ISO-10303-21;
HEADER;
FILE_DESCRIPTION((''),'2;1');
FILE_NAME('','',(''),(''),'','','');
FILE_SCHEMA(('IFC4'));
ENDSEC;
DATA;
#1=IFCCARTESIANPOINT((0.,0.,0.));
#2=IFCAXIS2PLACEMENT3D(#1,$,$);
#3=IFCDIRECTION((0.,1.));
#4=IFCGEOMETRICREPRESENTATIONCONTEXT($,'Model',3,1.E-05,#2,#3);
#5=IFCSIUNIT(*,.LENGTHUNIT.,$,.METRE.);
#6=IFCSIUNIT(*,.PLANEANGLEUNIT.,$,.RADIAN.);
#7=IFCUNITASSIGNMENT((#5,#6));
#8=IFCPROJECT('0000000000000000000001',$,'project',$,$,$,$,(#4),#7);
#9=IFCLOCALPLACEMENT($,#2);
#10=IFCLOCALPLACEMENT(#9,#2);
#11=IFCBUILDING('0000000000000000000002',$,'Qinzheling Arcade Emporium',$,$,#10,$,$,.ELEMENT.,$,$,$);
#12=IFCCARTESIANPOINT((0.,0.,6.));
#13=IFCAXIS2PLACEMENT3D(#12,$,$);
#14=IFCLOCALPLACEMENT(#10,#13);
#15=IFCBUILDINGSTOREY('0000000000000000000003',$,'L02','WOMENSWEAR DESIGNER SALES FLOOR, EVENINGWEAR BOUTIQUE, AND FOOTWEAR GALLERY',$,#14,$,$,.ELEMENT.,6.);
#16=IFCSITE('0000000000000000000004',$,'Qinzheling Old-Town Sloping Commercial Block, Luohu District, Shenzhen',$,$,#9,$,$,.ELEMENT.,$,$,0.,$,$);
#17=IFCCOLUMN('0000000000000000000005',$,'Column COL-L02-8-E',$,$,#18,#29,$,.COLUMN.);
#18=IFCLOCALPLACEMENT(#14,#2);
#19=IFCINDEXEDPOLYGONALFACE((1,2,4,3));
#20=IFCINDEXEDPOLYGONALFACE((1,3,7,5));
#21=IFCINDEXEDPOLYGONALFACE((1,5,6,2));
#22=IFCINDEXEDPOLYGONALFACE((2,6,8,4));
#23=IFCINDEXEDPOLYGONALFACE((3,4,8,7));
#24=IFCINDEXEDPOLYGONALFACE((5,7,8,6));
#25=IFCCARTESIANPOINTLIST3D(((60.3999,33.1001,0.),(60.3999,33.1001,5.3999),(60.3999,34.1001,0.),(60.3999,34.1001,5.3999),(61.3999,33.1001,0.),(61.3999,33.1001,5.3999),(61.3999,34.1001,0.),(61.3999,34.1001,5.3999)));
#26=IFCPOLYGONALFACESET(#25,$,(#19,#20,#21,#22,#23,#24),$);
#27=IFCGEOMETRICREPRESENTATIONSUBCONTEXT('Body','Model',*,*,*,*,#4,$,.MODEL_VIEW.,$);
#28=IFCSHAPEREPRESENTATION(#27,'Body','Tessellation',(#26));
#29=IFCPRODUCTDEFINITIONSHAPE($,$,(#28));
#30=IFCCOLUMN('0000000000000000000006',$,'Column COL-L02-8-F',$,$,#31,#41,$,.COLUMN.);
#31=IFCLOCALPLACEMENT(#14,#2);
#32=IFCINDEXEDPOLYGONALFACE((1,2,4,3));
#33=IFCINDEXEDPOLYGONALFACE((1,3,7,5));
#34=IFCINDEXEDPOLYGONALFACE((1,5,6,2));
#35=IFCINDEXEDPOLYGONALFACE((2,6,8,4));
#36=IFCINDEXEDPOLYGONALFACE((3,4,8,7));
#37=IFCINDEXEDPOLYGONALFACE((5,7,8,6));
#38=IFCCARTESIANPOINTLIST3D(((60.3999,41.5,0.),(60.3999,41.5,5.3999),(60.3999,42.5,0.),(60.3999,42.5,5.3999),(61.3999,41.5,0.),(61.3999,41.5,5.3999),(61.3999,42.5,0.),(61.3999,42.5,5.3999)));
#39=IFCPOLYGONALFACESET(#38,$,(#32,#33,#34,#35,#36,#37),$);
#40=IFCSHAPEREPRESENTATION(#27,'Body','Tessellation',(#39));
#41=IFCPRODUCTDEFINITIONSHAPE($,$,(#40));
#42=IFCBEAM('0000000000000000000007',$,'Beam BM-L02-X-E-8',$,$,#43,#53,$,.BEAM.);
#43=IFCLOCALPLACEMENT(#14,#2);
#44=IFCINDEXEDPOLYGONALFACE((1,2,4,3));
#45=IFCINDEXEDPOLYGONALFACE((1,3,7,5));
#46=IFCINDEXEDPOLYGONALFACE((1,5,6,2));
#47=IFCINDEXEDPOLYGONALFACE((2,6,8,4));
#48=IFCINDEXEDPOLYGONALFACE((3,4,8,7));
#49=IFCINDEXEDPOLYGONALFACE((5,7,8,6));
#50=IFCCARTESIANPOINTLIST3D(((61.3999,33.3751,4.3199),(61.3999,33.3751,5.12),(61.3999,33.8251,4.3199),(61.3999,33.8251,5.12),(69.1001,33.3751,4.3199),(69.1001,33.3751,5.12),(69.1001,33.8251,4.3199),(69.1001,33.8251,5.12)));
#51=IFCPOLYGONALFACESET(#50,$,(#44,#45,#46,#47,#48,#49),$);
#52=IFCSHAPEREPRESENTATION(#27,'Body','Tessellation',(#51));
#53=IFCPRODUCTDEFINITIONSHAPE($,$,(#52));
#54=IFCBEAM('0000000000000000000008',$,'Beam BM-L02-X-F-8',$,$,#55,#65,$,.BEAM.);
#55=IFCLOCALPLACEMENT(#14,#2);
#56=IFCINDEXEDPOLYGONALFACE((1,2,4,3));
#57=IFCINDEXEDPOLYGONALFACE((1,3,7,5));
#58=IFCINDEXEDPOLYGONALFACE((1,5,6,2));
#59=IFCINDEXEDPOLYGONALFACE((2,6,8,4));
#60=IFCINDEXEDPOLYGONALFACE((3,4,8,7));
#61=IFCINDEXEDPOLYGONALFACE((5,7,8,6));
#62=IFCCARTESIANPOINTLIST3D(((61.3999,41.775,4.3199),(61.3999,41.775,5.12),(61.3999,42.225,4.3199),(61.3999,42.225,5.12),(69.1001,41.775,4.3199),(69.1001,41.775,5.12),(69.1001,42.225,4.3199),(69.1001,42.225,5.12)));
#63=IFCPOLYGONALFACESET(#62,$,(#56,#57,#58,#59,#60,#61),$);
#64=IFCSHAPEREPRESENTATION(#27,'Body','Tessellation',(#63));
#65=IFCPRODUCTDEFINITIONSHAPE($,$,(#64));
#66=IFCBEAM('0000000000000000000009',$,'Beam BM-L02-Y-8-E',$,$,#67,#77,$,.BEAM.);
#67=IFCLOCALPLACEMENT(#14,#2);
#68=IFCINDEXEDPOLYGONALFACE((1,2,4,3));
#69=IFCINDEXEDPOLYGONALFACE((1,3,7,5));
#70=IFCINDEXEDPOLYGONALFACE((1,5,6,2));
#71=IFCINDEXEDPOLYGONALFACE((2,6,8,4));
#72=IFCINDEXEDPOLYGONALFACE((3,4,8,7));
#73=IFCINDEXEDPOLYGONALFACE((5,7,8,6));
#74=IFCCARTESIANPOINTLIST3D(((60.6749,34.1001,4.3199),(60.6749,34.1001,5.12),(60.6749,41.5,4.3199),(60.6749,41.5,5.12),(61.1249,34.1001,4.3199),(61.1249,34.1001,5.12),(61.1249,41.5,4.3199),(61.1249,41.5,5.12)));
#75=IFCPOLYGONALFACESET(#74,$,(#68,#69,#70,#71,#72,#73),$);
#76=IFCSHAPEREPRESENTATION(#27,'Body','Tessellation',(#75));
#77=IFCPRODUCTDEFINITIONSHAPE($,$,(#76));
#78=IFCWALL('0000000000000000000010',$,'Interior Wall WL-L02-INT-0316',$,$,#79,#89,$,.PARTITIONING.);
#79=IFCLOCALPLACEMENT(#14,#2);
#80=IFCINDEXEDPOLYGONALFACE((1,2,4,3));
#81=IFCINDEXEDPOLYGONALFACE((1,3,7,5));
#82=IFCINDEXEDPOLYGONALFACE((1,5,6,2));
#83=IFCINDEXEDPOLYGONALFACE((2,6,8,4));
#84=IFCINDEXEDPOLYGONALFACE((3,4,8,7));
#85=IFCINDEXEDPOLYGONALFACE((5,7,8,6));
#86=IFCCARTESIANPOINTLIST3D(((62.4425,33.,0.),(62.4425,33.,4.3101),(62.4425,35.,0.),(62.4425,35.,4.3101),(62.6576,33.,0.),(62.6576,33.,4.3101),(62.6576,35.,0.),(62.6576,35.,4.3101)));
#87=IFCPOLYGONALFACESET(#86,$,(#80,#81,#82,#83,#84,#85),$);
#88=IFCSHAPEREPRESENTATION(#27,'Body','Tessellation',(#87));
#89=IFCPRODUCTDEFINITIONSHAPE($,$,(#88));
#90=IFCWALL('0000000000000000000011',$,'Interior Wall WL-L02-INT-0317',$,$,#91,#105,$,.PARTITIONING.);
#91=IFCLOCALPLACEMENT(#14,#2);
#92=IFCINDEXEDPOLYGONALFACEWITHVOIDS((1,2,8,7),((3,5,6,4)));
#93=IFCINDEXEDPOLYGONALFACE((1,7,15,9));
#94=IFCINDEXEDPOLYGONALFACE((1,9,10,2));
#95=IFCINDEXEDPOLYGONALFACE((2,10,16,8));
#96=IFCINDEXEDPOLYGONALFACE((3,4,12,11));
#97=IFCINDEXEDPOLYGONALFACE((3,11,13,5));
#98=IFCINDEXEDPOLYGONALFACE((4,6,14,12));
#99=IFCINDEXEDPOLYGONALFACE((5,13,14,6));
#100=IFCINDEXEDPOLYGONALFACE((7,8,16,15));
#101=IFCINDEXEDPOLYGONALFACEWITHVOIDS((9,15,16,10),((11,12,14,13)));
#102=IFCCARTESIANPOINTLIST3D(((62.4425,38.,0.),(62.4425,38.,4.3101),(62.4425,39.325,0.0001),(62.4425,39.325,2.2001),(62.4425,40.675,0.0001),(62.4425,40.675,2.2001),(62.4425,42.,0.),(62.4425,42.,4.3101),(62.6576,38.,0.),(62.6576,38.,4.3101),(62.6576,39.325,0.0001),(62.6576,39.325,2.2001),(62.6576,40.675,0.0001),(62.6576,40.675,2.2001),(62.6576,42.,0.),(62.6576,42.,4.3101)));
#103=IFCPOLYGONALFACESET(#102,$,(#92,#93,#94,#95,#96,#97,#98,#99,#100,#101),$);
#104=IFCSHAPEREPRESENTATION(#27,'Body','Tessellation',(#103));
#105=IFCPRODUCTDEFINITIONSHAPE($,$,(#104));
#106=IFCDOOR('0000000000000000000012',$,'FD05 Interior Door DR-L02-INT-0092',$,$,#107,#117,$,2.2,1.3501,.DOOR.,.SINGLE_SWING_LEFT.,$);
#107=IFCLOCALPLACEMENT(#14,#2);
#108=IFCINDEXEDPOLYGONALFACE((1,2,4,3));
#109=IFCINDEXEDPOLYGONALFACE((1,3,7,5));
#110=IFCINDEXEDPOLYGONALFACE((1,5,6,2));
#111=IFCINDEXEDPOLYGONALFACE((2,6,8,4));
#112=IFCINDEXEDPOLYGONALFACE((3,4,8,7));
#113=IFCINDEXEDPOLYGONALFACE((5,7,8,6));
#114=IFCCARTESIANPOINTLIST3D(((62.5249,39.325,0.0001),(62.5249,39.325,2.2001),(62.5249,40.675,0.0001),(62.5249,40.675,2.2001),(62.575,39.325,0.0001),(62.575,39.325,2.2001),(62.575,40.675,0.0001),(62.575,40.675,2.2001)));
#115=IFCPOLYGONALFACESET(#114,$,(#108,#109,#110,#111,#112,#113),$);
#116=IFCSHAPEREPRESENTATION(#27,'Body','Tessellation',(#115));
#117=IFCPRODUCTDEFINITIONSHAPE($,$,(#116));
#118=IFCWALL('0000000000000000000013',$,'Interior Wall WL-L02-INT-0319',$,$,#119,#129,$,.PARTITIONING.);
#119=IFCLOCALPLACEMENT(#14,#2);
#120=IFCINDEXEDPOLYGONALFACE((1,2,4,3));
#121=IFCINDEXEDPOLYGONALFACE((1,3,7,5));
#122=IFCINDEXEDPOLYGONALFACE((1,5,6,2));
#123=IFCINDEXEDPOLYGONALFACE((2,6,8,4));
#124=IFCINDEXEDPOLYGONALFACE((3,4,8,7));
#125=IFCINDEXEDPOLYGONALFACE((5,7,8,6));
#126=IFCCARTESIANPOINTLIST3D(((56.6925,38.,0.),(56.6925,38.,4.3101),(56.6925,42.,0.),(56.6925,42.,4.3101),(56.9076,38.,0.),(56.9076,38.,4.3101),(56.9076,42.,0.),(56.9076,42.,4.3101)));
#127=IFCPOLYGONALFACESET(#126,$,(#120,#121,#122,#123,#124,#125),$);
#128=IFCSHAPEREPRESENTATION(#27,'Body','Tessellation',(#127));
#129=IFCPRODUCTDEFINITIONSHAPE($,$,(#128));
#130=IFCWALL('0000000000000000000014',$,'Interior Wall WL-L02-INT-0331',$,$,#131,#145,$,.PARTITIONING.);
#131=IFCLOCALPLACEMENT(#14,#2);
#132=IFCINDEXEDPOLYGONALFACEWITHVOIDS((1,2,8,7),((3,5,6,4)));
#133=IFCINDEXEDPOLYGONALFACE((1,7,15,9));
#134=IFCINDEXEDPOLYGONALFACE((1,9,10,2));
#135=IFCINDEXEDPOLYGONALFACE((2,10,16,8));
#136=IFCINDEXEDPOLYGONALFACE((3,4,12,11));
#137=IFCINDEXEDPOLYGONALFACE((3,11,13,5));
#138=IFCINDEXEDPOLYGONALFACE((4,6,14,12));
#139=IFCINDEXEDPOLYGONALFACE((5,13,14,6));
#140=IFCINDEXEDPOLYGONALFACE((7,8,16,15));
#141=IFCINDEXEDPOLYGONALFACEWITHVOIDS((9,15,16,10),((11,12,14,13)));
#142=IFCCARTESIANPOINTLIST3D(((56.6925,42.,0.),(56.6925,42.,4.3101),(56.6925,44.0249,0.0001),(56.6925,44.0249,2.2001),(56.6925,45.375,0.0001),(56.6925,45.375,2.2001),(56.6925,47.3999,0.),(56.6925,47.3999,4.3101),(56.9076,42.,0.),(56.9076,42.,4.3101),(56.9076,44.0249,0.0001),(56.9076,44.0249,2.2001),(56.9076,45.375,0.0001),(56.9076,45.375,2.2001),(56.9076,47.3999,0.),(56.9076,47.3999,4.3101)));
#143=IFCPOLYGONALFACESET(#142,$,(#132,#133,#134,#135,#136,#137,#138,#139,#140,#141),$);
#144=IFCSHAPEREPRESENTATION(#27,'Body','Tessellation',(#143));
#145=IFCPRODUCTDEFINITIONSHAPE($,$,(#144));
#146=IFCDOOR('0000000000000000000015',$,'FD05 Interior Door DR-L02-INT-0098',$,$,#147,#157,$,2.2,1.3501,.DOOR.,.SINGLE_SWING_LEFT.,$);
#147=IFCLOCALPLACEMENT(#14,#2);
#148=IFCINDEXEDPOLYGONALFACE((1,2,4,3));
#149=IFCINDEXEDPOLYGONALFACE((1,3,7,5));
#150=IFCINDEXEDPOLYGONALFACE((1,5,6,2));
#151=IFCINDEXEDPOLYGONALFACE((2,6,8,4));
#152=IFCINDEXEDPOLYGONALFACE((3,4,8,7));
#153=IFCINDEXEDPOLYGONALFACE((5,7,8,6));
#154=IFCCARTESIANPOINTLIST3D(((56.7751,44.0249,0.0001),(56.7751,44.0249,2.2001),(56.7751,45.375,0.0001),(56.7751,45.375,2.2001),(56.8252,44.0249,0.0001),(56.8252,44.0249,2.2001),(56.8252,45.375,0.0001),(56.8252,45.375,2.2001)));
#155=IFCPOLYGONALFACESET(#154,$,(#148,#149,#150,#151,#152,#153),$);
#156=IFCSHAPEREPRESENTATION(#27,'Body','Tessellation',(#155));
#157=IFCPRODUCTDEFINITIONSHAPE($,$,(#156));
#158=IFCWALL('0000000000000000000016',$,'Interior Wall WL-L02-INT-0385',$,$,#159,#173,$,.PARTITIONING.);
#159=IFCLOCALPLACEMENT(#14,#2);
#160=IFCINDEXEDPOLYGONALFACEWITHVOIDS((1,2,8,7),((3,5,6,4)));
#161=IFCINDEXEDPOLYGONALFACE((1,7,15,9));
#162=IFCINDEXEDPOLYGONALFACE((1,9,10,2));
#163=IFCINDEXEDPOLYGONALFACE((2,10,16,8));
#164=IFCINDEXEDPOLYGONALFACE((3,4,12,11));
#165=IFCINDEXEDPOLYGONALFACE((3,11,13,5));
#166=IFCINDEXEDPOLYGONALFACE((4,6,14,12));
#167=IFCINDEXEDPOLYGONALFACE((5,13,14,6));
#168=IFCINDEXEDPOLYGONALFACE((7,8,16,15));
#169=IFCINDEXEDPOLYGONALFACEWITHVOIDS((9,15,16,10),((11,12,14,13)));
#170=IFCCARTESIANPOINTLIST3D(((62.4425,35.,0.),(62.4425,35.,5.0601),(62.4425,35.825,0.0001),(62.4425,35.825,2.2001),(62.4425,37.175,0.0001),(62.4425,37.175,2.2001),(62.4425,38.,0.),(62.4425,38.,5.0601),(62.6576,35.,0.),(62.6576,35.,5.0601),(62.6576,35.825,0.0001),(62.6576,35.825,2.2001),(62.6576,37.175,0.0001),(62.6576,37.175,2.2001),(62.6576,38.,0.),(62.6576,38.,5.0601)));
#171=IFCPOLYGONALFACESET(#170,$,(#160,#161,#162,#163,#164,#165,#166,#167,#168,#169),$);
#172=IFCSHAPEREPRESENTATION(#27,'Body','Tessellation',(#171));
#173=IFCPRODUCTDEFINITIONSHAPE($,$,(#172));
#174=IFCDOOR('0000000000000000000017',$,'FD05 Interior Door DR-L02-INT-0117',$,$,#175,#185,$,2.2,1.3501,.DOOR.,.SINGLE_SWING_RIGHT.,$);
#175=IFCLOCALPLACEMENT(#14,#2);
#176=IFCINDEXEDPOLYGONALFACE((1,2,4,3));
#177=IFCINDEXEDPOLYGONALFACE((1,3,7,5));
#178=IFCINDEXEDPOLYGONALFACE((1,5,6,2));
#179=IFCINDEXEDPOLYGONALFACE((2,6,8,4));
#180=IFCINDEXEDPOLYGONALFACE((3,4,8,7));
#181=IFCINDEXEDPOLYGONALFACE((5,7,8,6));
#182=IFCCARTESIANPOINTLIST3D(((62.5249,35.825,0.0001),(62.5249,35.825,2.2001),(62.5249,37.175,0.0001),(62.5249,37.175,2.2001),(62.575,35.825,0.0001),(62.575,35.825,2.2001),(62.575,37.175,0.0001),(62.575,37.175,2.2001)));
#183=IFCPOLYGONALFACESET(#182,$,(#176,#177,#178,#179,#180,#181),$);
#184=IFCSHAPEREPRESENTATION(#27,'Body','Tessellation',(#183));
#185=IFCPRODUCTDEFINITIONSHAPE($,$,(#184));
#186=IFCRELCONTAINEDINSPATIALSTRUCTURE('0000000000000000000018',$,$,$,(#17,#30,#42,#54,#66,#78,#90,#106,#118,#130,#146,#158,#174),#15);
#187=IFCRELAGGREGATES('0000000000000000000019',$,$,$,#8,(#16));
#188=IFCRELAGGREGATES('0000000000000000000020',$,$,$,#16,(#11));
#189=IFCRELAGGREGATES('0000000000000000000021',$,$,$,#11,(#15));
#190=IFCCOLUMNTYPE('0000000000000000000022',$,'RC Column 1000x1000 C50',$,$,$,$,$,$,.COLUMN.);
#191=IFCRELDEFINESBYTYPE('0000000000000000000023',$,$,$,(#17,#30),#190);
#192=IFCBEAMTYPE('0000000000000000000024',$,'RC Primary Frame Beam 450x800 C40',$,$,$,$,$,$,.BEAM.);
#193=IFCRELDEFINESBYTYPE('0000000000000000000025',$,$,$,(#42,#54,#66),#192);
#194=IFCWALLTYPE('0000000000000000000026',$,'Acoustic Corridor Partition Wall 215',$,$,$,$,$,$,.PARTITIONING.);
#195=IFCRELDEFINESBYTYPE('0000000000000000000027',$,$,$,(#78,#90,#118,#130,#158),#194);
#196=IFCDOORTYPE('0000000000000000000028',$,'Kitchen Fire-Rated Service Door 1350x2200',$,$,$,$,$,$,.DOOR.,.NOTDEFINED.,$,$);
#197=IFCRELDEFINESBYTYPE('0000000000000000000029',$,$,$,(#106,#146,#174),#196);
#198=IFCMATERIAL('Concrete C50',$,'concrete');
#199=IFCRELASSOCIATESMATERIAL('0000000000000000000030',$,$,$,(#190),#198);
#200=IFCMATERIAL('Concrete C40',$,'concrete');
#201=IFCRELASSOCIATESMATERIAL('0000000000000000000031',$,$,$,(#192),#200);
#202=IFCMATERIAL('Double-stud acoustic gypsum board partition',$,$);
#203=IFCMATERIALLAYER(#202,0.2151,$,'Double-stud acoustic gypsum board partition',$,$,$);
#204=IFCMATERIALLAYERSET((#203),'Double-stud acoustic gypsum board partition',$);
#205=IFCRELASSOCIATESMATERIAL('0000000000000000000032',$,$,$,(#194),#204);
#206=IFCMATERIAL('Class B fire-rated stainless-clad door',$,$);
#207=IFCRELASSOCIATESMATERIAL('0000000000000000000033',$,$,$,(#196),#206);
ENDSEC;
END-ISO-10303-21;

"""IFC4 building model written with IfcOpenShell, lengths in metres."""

from ifc_helpers import new_model, si_unit, direction, frame, frame_2d, origin, origin_2d, place, context, subcontext, project, spatial, rectangle, extrude, material, layer, layer_set, material_profile, profile_set, type_object, element, fill, save


model = new_model("IFC4")

# Units and contexts
model_context = context("Model", 3, precision=1e-05, world=origin(), true_north=direction((0.0, 1.0)))
body_context = subcontext(model_context, "Body", "Model", "MODEL_VIEW")
ifc_project = project(units=[si_unit("LENGTHUNIT", "METRE"), si_unit("PLANEANGLEUNIT", "RADIAN")], contexts=[model_context])

# Site, building, storey
site_placement = place(None, origin())
site = spatial("IfcSite", under=ifc_project, at=site_placement, Name="Qinzheling Old-Town Sloping Commercial Block, Luohu District, Shenzhen", CompositionType="ELEMENT", RefElevation=0.0)
building_placement = place(site_placement, origin())
building = spatial("IfcBuilding", under=site, at=building_placement, Name="Qinzheling Arcade Emporium", CompositionType="ELEMENT")
storey_placement = place(building_placement, frame((0.0, 0.0, 6.0)))
storey = spatial("IfcBuildingStorey", under=building, at=storey_placement, Name="L02", Description="WOMENSWEAR DESIGNER SALES FLOOR, EVENINGWEAR BOUTIQUE, AND FOOTWEAR GALLERY", CompositionType="ELEMENT", Elevation=6.0)

# Columns
ifc_material_1 = material(Name="Concrete C50", Category="concrete")
ifc_material_profile_1 = material_profile(ifc_material_1, rectangle(XDim=1.0, YDim=1.0, at=origin_2d()), Name="RC 1000x1000", Category="concrete")
ifc_profile_set_1 = profile_set([ifc_material_profile_1], Name="Concrete C50")
column_type = type_object("IfcColumnType", Name="RC Column 1000x1000 C50", PredefinedType="COLUMN", material=ifc_profile_set_1)
for number, where, z_axis, x_axis, name in (
    (1, (60.8999, 33.6001, 0.0), (0.0, 0.0, 1.0), (1.0, 0.0, 0.0), "Column COL-L02-8-E"),
    (2, (60.8999, 42.0, 0.0), (0.0, 0.0, 1.0), (1.0, 0.0, 0.0), "Column COL-L02-8-F"),
):
    element("IfcColumn", number, at=place(storey_placement, frame(where, z_axis=z_axis, x_axis=x_axis)), inside=storey, type_object=column_type, Name=name, PredefinedType="COLUMN", context=body_context, shape_type="SweptSolid", body=[
        extrude(rectangle(XDim=1.0, YDim=1.0, at=origin_2d()), origin(), (0.0, 0.0, 1.0), 5.3999),
    ])

# Beams
ifc_material_2 = material(Name="Concrete C40", Category="concrete")
ifc_material_profile_2 = material_profile(ifc_material_2, rectangle(XDim=0.45, YDim=0.8, at=origin_2d()), Name="RC 450x800", Category="concrete")
ifc_profile_set_2 = profile_set([ifc_material_profile_2], Name="Concrete C40")
beam_type = type_object("IfcBeamType", Name="RC Primary Frame Beam 450x800 C40", PredefinedType="BEAM", material=ifc_profile_set_2)
for number, where, z_axis, x_axis, name in (
    (3, (61.3999, 33.6001, 4.72), (1.0, 0.0, 0.0), (0.0, 1.0, 0.0), "Beam BM-L02-X-E-8"),
    (4, (61.3999, 42.0, 4.72), (1.0, 0.0, 0.0), (0.0, 1.0, 0.0), "Beam BM-L02-X-F-8"),
):
    element("IfcBeam", number, at=place(storey_placement, frame(where, z_axis=z_axis, x_axis=x_axis)), inside=storey, type_object=beam_type, Name=name, PredefinedType="BEAM", context=body_context, shape_type="SweptSolid", body=[
        extrude(rectangle(XDim=0.45, YDim=0.8, at=origin_2d()), origin(), (0.0, 0.0, 1.0), 7.7002),
    ])
beam_placement = place(storey_placement, frame((60.8999, 34.1001, 4.72), z_axis=(0.0, 1.0, 0.0), x_axis=(-1.0, 0.0, 0.0)))
element("IfcBeam", 5, at=beam_placement, inside=storey, type_object=beam_type, Name="Beam BM-L02-Y-8-E", PredefinedType="BEAM", context=body_context, shape_type="SweptSolid", body=[
    extrude(rectangle(XDim=0.45, YDim=0.8, at=origin_2d()), origin(), (0.0, 0.0, 1.0), 7.3999),
])

# Wall
ifc_material_3 = material(Name="Double-stud acoustic gypsum board partition")
ifc_layer_1 = layer(ifc_material_3, 0.2151, Name="Double-stud acoustic gypsum board partition")
ifc_layer_set_1 = layer_set([ifc_layer_1], Name="Double-stud acoustic gypsum board partition")
wall_type_1 = type_object("IfcWallType", Name="Acoustic Corridor Partition Wall 215", PredefinedType="PARTITIONING", material=ifc_layer_set_1)
wall_1_placement = place(storey_placement, frame((62.55, 35.0, 0.0), z_axis=(0.0, 0.0, 1.0), x_axis=(0.0, -1.0, 0.0)))
element("IfcWall", 6, at=wall_1_placement, inside=storey, type_object=wall_type_1, Name="Interior Wall WL-L02-INT-0316", PredefinedType="PARTITIONING", context=body_context, shape_type="SweptSolid", body=[
    extrude(rectangle(XDim=2.0, YDim=0.2151, at=frame_2d((1.0, 0.0))), origin(), (0.0, 0.0, 1.0), 4.3101),
])

# Wall, opening, door
wall_2_placement = place(storey_placement, frame((62.55, 42.0, 0.0), z_axis=(0.0, 0.0, 1.0), x_axis=(0.0, -1.0, 0.0)))
wall_2 = element("IfcWall", 7, at=wall_2_placement, inside=storey, type_object=wall_type_1, Name="Interior Wall WL-L02-INT-0317", PredefinedType="PARTITIONING", context=body_context, shape_type="SweptSolid", body=[
    extrude(rectangle(XDim=4.0, YDim=0.2151, at=frame_2d((2.0, 0.0))), origin(), (0.0, 0.0, 1.0), 4.3101),
])
opening_1_placement = place(wall_2_placement, frame((1.325, 0.0, 0.0)))
opening_1 = element("IfcOpeningElement", 8, at=opening_1_placement, cuts=wall_2, PredefinedType="OPENING", context=body_context, shape_type="SweptSolid", body=[
    extrude(rectangle(XDim=1.3501, YDim=2.2, at=frame_2d((0.675, 1.1001))), frame((0.0, 0.1177, 0.0), z_axis=(0.0, -1.0, 0.0), x_axis=(1.0, 0.0, 0.0)), (0.0, 0.0, 1.0), 0.2351),
])
ifc_material_4 = material(Name="Class B fire-rated stainless-clad door")
door_type = type_object("IfcDoorType", Name="Kitchen Fire-Rated Service Door 1350x2200", OperationType="NOTDEFINED", PredefinedType="DOOR", material=ifc_material_4)
door_1_placement = place(opening_1_placement, origin())
door_1 = element("IfcDoor", 9, at=door_1_placement, inside=storey, type_object=door_type, Name="FD05 Interior Door DR-L02-INT-0092", OperationType="SINGLE_SWING_LEFT", OverallHeight=2.2, OverallWidth=1.3501, PredefinedType="DOOR", context=body_context, shape_type="SweptSolid", body=[
    extrude(rectangle(XDim=1.3501, YDim=2.2, at=frame_2d((0.675, 1.1001))), frame((0.0, 0.0249, 0.0), z_axis=(0.0, -1.0, 0.0), x_axis=(1.0, 0.0, 0.0)), (0.0, 0.0, 1.0), 0.05),
])
fill(opening_1, door_1)

# Wall
wall_3_placement = place(storey_placement, frame((56.8, 38.0, 0.0), z_axis=(0.0, 0.0, 1.0), x_axis=(0.0, 1.0, 0.0)))
element("IfcWall", 10, at=wall_3_placement, inside=storey, type_object=wall_type_1, Name="Interior Wall WL-L02-INT-0319", PredefinedType="PARTITIONING", context=body_context, shape_type="SweptSolid", body=[
    extrude(rectangle(XDim=4.0, YDim=0.2151, at=frame_2d((2.0, 0.0))), origin(), (0.0, 0.0, 1.0), 4.3101),
])

# Walls, openings, doors
wall_4_placement = place(storey_placement, frame((56.8, 42.0, 0.0), z_axis=(0.0, 0.0, 1.0), x_axis=(0.0, 1.0, 0.0)))
wall_4 = element("IfcWall", 11, at=wall_4_placement, inside=storey, type_object=wall_type_1, Name="Interior Wall WL-L02-INT-0331", PredefinedType="PARTITIONING", context=body_context, shape_type="SweptSolid", body=[
    extrude(rectangle(XDim=5.3999, YDim=0.2151, at=frame_2d((2.7, 0.0))), origin(), (0.0, 0.0, 1.0), 4.3101),
])
opening_2_placement = place(wall_4_placement, frame((2.0249, 0.0, 0.0)))
opening_2 = element("IfcOpeningElement", 12, at=opening_2_placement, cuts=wall_4, PredefinedType="OPENING", context=body_context, shape_type="SweptSolid", body=[
    extrude(rectangle(XDim=1.3501, YDim=2.2, at=frame_2d((0.675, 1.1001))), frame((0.0, 0.1177, 0.0), z_axis=(0.0, -1.0, 0.0), x_axis=(1.0, 0.0, 0.0)), (0.0, 0.0, 1.0), 0.2351),
])
door_2_placement = place(opening_2_placement, origin())
door_2 = element("IfcDoor", 13, at=door_2_placement, inside=storey, type_object=door_type, Name="FD05 Interior Door DR-L02-INT-0098", OperationType="SINGLE_SWING_LEFT", OverallHeight=2.2, OverallWidth=1.3501, PredefinedType="DOOR", context=body_context, shape_type="SweptSolid", body=[
    extrude(rectangle(XDim=1.3501, YDim=2.2, at=frame_2d((0.675, 1.1001))), frame((0.0, 0.0249, 0.0), z_axis=(0.0, -1.0, 0.0), x_axis=(1.0, 0.0, 0.0)), (0.0, 0.0, 1.0), 0.05),
])
fill(opening_2, door_2)
wall_5_placement = place(storey_placement, frame((62.55, 38.0, 0.0), z_axis=(0.0, 0.0, 1.0), x_axis=(0.0, -1.0, 0.0)))
wall_5 = element("IfcWall", 14, at=wall_5_placement, inside=storey, type_object=wall_type_1, Name="Interior Wall WL-L02-INT-0385", PredefinedType="PARTITIONING", context=body_context, shape_type="SweptSolid", body=[
    extrude(rectangle(XDim=3.0, YDim=0.2151, at=frame_2d((1.5, 0.0))), origin(), (0.0, 0.0, 1.0), 5.0601),
])
opening_3_placement = place(wall_5_placement, frame((0.825, 0.0, 0.0)))
opening_3 = element("IfcOpeningElement", 15, at=opening_3_placement, cuts=wall_5, PredefinedType="OPENING", context=body_context, shape_type="SweptSolid", body=[
    extrude(rectangle(XDim=1.3501, YDim=2.2, at=frame_2d((0.675, 1.1001))), frame((0.0, 0.1177, 0.0), z_axis=(0.0, -1.0, 0.0), x_axis=(1.0, 0.0, 0.0)), (0.0, 0.0, 1.0), 0.2351),
])
door_3_placement = place(opening_3_placement, origin())
door_3 = element("IfcDoor", 16, at=door_3_placement, inside=storey, type_object=door_type, Name="FD05 Interior Door DR-L02-INT-0117", OperationType="SINGLE_SWING_RIGHT", OverallHeight=2.2, OverallWidth=1.3501, PredefinedType="DOOR", context=body_context, shape_type="SweptSolid", body=[
    extrude(rectangle(XDim=1.3501, YDim=2.2, at=frame_2d((0.675, 1.1001))), frame((0.0, 0.0249, 0.0), z_axis=(0.0, -1.0, 0.0), x_axis=(1.0, 0.0, 0.0)), (0.0, 0.0, 1.0), 0.05),
])
fill(opening_3, door_3)

save(model, "model.ifc")
